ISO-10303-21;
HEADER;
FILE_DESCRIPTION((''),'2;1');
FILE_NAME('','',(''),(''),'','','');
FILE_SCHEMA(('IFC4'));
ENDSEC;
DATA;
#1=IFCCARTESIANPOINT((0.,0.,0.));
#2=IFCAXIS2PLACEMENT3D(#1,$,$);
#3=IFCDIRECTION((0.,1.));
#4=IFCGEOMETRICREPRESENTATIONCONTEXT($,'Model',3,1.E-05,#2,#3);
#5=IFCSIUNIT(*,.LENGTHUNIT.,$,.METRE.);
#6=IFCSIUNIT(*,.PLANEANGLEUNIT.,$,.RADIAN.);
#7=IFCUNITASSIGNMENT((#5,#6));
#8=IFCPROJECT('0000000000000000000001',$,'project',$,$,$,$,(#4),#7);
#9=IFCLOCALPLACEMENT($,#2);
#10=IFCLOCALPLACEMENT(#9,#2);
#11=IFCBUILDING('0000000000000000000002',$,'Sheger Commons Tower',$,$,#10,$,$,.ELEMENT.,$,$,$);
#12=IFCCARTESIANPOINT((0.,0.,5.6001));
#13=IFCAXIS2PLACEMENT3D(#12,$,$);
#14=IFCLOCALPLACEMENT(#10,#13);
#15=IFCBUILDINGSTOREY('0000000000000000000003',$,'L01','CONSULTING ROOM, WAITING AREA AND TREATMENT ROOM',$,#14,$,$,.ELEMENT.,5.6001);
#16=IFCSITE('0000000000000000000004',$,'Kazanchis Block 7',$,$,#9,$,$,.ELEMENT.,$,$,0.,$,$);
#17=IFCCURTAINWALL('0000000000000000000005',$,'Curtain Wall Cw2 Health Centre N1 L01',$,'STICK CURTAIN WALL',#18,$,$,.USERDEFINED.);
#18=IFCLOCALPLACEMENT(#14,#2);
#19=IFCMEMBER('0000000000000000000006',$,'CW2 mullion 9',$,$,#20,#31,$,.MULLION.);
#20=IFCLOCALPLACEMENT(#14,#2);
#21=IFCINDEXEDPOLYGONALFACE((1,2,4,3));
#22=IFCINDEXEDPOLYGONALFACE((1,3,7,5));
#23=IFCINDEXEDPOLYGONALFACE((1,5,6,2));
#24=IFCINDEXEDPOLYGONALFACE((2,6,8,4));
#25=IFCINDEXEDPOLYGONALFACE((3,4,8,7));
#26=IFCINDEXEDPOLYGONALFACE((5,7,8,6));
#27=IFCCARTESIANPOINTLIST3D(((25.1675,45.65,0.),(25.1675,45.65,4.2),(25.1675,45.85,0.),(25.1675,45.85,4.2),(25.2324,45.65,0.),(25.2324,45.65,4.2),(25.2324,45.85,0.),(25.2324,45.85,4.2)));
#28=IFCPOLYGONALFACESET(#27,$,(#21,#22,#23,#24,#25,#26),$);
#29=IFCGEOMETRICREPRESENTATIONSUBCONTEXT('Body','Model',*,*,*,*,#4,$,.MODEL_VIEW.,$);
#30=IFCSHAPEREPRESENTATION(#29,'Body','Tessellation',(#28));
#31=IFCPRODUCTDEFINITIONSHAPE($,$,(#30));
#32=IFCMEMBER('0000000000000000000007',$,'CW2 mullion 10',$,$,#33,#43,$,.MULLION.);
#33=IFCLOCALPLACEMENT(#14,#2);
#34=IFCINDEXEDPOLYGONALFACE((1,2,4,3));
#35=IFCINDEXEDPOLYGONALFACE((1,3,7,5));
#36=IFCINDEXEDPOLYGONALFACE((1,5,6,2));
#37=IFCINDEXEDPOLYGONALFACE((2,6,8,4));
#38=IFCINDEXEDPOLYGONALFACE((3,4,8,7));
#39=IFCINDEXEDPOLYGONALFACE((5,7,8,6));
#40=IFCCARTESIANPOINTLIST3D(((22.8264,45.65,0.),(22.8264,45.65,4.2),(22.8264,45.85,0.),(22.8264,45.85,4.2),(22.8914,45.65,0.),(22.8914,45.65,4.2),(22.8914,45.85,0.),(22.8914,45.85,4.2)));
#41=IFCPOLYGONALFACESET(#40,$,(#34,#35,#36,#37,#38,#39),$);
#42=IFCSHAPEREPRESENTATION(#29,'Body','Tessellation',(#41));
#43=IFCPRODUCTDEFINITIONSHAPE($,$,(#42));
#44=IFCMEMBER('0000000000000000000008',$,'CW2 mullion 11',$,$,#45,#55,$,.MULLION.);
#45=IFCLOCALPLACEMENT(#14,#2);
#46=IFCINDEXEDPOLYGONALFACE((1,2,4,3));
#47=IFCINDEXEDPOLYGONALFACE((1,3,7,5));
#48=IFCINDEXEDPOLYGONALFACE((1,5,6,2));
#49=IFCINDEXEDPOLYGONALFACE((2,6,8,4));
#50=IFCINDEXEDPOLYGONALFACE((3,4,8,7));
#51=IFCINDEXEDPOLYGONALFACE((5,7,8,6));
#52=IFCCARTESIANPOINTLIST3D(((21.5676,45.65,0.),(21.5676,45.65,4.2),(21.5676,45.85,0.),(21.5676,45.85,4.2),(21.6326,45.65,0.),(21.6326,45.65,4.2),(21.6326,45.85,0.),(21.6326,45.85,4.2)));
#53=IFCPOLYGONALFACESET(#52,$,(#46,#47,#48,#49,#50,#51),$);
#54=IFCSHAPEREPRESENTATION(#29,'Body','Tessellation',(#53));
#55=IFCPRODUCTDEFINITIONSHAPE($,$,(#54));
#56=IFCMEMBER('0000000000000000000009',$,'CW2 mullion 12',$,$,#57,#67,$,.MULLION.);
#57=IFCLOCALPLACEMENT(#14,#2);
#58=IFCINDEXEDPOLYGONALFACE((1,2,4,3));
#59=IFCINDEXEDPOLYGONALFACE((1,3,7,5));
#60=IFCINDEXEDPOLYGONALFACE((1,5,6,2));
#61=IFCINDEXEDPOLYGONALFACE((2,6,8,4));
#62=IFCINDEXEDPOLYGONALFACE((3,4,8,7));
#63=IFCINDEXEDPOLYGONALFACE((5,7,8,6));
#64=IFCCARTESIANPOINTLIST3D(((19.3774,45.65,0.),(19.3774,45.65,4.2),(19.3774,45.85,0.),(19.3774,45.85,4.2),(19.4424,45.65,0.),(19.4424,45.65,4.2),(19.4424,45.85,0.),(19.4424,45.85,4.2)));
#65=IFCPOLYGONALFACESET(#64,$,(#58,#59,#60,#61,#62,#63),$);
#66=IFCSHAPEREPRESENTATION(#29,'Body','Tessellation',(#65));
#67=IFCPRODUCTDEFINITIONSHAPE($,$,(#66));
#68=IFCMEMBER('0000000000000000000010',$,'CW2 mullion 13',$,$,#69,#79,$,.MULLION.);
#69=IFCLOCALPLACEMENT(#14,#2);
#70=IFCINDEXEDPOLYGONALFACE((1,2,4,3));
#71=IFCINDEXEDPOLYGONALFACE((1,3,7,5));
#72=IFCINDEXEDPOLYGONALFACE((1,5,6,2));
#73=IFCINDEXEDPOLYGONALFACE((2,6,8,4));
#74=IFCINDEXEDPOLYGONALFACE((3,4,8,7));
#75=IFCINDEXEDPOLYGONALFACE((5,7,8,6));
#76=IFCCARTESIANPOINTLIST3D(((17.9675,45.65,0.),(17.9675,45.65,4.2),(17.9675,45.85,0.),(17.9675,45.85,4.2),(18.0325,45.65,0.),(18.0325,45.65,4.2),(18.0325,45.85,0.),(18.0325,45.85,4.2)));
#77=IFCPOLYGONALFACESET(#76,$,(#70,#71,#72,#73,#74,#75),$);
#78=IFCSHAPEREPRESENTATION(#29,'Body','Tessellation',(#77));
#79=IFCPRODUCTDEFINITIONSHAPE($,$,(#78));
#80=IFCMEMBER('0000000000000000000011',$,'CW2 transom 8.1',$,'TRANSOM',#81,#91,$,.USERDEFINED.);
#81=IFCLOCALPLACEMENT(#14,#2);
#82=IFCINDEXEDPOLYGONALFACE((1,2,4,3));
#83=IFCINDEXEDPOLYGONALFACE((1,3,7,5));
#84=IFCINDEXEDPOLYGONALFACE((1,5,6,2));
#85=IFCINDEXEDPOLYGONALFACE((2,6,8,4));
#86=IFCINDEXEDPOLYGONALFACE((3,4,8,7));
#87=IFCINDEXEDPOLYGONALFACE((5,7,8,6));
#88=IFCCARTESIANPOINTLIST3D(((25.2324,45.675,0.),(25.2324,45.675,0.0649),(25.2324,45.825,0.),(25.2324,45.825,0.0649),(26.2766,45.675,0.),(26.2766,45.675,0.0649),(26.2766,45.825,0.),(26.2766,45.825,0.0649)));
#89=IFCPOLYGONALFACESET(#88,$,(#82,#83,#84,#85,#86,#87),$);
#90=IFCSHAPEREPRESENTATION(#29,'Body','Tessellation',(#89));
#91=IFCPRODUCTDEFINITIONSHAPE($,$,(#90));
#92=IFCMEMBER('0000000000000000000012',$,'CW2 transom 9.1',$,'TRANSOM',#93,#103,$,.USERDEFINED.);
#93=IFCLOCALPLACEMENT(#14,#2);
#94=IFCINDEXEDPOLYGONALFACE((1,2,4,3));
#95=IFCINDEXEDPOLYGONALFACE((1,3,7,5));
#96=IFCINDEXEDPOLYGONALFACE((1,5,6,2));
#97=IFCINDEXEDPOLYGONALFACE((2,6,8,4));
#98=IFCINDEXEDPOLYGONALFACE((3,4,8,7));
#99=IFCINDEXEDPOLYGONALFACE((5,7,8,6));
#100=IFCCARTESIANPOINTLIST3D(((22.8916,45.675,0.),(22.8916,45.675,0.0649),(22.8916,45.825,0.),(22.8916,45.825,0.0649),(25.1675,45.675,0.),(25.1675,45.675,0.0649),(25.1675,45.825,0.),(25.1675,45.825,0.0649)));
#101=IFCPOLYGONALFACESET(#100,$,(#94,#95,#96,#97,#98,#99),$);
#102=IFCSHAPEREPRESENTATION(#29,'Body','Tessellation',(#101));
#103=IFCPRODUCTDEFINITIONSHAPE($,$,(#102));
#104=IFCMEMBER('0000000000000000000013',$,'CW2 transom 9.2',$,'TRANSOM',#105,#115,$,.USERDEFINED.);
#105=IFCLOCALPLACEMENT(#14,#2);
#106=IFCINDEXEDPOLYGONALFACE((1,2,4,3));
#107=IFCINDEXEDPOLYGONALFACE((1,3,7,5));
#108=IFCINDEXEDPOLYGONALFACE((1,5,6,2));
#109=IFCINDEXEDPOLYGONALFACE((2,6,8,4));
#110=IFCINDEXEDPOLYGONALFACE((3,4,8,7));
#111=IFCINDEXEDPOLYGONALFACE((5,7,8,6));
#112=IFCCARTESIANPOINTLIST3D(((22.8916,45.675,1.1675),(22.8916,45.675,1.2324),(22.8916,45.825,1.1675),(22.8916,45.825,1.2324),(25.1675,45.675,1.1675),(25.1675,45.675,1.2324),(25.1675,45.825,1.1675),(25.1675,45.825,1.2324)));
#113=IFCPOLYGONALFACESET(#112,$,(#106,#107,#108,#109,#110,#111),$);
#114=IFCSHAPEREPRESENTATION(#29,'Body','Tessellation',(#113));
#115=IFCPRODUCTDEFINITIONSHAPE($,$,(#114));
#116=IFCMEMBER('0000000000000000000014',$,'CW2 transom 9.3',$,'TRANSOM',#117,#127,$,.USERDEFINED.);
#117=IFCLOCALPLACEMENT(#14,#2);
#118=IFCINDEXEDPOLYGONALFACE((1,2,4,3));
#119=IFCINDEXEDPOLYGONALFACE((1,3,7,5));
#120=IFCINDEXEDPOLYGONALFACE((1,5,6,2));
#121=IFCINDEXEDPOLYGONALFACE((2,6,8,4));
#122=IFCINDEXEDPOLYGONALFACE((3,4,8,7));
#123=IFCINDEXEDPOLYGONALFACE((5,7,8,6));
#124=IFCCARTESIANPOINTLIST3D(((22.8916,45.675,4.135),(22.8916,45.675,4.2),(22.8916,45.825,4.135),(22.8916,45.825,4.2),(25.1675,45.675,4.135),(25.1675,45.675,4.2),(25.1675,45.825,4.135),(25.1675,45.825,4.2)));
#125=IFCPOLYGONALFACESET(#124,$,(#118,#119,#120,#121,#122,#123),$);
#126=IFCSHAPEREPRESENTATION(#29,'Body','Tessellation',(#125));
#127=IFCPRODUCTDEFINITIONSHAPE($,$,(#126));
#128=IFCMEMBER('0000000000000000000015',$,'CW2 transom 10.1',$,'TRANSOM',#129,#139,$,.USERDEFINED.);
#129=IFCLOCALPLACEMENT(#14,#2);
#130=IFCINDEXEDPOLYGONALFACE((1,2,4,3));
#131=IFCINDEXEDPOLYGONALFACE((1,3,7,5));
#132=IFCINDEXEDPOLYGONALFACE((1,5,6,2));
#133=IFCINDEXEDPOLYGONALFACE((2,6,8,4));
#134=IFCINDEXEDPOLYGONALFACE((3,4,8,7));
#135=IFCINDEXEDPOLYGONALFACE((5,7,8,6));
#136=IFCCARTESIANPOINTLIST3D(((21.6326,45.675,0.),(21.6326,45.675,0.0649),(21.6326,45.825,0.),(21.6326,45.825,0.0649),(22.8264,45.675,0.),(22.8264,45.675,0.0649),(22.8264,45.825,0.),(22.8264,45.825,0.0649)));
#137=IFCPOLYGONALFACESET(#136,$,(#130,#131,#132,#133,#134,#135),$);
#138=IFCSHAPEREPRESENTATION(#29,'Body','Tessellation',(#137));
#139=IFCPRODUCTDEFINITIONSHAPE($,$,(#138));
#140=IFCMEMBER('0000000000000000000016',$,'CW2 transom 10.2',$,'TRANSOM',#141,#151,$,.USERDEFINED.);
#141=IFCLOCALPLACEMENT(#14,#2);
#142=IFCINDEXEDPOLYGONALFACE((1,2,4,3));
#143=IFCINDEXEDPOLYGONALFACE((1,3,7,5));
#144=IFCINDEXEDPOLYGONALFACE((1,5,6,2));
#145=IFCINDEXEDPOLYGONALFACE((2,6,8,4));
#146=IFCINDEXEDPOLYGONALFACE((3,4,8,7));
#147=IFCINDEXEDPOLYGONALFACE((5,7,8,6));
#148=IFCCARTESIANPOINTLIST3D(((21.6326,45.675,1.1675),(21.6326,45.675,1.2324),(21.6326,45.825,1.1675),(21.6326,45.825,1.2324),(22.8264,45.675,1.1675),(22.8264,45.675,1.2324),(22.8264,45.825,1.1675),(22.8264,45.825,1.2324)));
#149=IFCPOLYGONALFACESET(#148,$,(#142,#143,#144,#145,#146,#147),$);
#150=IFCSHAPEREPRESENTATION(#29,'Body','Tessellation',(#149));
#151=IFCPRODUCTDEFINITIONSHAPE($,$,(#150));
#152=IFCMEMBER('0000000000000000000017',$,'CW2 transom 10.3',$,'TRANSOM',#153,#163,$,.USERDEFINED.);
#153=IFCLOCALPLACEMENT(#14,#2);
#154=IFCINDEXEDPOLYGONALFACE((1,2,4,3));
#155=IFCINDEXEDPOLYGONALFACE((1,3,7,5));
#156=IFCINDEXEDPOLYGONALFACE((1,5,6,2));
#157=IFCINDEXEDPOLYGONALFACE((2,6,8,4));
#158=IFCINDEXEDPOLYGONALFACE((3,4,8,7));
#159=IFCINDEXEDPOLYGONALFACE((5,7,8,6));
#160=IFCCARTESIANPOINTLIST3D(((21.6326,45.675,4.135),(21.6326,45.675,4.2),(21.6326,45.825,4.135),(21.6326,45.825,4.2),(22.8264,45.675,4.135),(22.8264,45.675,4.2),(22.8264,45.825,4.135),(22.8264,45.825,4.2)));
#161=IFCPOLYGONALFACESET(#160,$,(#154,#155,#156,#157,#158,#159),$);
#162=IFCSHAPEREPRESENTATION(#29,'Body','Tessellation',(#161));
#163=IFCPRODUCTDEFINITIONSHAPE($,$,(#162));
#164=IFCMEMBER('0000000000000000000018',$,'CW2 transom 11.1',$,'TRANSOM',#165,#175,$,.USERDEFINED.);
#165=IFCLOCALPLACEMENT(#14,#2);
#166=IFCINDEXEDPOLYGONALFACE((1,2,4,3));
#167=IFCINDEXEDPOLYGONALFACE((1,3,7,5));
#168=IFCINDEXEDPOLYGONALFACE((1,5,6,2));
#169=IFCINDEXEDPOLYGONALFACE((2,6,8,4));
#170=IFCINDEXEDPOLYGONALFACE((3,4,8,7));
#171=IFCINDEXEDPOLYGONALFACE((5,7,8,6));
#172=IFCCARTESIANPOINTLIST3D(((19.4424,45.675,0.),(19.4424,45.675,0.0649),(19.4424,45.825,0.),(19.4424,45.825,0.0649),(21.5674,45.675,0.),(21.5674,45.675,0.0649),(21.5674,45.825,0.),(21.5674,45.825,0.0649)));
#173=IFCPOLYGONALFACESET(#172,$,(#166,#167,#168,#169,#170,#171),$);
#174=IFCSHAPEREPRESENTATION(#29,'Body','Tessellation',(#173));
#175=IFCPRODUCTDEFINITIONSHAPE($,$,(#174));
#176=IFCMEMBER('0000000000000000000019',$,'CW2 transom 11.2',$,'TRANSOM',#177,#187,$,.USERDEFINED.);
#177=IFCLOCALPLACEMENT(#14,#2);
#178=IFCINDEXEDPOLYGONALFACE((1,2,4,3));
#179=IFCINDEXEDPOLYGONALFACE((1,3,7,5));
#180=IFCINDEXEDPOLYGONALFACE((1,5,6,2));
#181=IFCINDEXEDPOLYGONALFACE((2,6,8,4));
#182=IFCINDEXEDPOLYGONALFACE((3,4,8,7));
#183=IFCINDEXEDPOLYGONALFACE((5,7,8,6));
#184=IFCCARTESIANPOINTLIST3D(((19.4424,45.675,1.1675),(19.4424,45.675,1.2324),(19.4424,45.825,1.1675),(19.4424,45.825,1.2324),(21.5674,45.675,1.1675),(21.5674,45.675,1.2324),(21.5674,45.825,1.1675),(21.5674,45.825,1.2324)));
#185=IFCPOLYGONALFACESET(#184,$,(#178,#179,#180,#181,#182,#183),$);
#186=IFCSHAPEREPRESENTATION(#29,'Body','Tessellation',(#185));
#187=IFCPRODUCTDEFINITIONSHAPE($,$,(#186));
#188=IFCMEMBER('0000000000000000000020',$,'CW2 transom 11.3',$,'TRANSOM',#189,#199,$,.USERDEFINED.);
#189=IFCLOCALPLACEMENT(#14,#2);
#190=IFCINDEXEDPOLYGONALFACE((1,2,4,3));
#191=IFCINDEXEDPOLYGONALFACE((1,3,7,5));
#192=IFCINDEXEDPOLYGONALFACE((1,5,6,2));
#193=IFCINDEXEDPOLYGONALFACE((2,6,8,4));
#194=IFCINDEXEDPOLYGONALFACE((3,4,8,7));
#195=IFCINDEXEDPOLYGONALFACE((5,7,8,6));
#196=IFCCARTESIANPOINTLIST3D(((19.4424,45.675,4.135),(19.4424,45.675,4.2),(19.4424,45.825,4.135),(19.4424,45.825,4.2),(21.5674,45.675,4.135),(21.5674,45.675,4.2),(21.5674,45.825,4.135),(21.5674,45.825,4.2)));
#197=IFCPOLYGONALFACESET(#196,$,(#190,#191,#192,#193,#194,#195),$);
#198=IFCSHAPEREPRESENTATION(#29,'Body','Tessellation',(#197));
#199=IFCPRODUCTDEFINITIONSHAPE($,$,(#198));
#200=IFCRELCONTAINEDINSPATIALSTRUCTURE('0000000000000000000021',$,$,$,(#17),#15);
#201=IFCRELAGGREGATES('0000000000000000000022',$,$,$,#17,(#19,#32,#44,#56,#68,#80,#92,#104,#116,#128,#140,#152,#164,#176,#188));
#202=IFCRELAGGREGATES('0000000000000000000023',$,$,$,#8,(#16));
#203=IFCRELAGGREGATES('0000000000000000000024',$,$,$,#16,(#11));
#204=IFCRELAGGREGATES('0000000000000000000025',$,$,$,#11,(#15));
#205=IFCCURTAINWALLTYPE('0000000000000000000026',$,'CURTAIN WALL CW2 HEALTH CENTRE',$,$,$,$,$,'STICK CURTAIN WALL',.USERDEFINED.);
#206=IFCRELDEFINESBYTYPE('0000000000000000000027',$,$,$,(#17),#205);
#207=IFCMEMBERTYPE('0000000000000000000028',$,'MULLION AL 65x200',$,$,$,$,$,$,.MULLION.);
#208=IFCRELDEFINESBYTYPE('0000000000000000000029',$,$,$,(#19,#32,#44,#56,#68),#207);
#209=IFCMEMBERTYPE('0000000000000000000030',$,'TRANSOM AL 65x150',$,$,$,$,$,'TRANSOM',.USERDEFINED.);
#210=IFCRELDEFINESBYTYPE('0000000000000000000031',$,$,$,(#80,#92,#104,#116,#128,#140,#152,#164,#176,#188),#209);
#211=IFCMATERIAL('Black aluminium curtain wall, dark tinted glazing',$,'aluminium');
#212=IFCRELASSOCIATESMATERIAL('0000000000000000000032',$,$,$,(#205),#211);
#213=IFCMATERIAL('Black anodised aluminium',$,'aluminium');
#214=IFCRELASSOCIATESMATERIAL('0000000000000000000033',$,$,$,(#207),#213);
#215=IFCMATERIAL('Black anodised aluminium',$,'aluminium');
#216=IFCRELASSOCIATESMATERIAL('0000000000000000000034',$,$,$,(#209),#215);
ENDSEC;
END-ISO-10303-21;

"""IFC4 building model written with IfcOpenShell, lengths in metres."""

from ifc_helpers import new_model, si_unit, direction, frame, origin, origin_2d, place, context, subcontext, project, spatial, rectangle, extrude, material, material_profile, profile_set, type_object, element, aggregate, save


model = new_model("IFC4")

# Units and contexts
model_context = context("Model", 3, precision=1e-05, world=origin(), true_north=direction((0.0, 1.0)))
body_context = subcontext(model_context, "Body", "Model", "MODEL_VIEW")
ifc_project = project(units=[si_unit("LENGTHUNIT", "METRE"), si_unit("PLANEANGLEUNIT", "RADIAN")], contexts=[model_context])

# Site, building, storey
site_placement = place(None, origin())
site = spatial("IfcSite", under=ifc_project, at=site_placement, Name="Kazanchis Block 7", CompositionType="ELEMENT", RefElevation=0.0)
building_placement = place(site_placement, origin())
building = spatial("IfcBuilding", under=site, at=building_placement, Name="Sheger Commons Tower", CompositionType="ELEMENT")
storey_placement = place(building_placement, frame((0.0, 0.0, 5.6001)))
storey = spatial("IfcBuildingStorey", under=building, at=storey_placement, Name="L01", Description="CONSULTING ROOM, WAITING AREA AND TREATMENT ROOM", CompositionType="ELEMENT", Elevation=5.6001)

# Curtain wall, members
ifc_material_1 = material(Name="Black aluminium curtain wall, dark tinted glazing", Category="aluminium")
curtain_wall_type = type_object("IfcCurtainWallType", Name="CURTAIN WALL CW2 HEALTH CENTRE", ElementType="STICK CURTAIN WALL", PredefinedType="USERDEFINED", material=ifc_material_1)
curtain_wall_placement = place(storey_placement, origin())
curtain_wall = element("IfcCurtainWall", 1, at=curtain_wall_placement, inside=storey, type_object=curtain_wall_type, Name="Curtain Wall Cw2 Health Centre N1 L01", ObjectType="STICK CURTAIN WALL", PredefinedType="USERDEFINED")
ifc_material_2 = material(Name="Black anodised aluminium", Category="aluminium")
ifc_material_profile_1 = material_profile(ifc_material_2, rectangle(XDim=0.2, YDim=0.0649, at=origin_2d()), Name="AL 65x200")
ifc_profile_set_1 = profile_set([ifc_material_profile_1], Name="Black anodised aluminium")
member_type_1 = type_object("IfcMemberType", Name="MULLION AL 65x200", PredefinedType="MULLION", material=ifc_profile_set_1)
member_1_placement = place(storey_placement, frame((25.2, 45.75, 0.0), z_axis=(0.0, 0.0, 1.0), x_axis=(0.0, -1.0, 0.0)))
member_1 = element("IfcMember", 2, at=member_1_placement, type_object=member_type_1, Name="CW2 mullion 9", PredefinedType="MULLION", context=body_context, shape_type="SweptSolid", body=[
    extrude(rectangle(XDim=0.2, YDim=0.0649, at=origin_2d()), origin(), (0.0, 0.0, 1.0), 4.2),
])
member_2_placement = place(storey_placement, frame((22.8589, 45.75, 0.0), z_axis=(0.0, 0.0, 1.0), x_axis=(0.0, -1.0, 0.0)))
member_2 = element("IfcMember", 3, at=member_2_placement, type_object=member_type_1, Name="CW2 mullion 10", PredefinedType="MULLION", context=body_context, shape_type="SweptSolid", body=[
    extrude(rectangle(XDim=0.2, YDim=0.0649, at=origin_2d()), origin(), (0.0, 0.0, 1.0), 4.2),
])
member_3_placement = place(storey_placement, frame((21.6001, 45.75, 0.0), z_axis=(0.0, 0.0, 1.0), x_axis=(0.0, -1.0, 0.0)))
member_3 = element("IfcMember", 4, at=member_3_placement, type_object=member_type_1, Name="CW2 mullion 11", PredefinedType="MULLION", context=body_context, shape_type="SweptSolid", body=[
    extrude(rectangle(XDim=0.2, YDim=0.0649, at=origin_2d()), origin(), (0.0, 0.0, 1.0), 4.2),
])
member_4_placement = place(storey_placement, frame((19.4099, 45.75, 0.0), z_axis=(0.0, 0.0, 1.0), x_axis=(0.0, -1.0, 0.0)))
member_4 = element("IfcMember", 5, at=member_4_placement, type_object=member_type_1, Name="CW2 mullion 12", PredefinedType="MULLION", context=body_context, shape_type="SweptSolid", body=[
    extrude(rectangle(XDim=0.2, YDim=0.0649, at=origin_2d()), origin(), (0.0, 0.0, 1.0), 4.2),
])
member_5_placement = place(storey_placement, frame((18.0, 45.75, 0.0), z_axis=(0.0, 0.0, 1.0), x_axis=(0.0, -1.0, 0.0)))
member_5 = element("IfcMember", 6, at=member_5_placement, type_object=member_type_1, Name="CW2 mullion 13", PredefinedType="MULLION", context=body_context, shape_type="SweptSolid", body=[
    extrude(rectangle(XDim=0.2, YDim=0.0649, at=origin_2d()), origin(), (0.0, 0.0, 1.0), 4.2),
])
ifc_material_3 = material(Name="Black anodised aluminium", Category="aluminium")
ifc_material_profile_2 = material_profile(ifc_material_3, rectangle(XDim=0.1499, YDim=0.0649, at=origin_2d()), Name="AL 65x150")
ifc_profile_set_2 = profile_set([ifc_material_profile_2], Name="Black anodised aluminium")
member_type_2 = type_object("IfcMemberType", Name="TRANSOM AL 65x150", ElementType="TRANSOM", PredefinedType="USERDEFINED", material=ifc_profile_set_2)
member_6_placement = place(storey_placement, frame((26.2766, 45.75, 0.0325), z_axis=(-1.0, 0.0, 0.0), x_axis=(0.0, -1.0, 0.0)))
member_6 = element("IfcMember", 7, at=member_6_placement, type_object=member_type_2, Name="CW2 transom 8.1", ObjectType="TRANSOM", PredefinedType="USERDEFINED", context=body_context, shape_type="SweptSolid", body=[
    extrude(rectangle(XDim=0.1499, YDim=0.0649, at=origin_2d()), origin(), (0.0, 0.0, 1.0), 1.0442),
])
member_7_placement = place(storey_placement, frame((25.1675, 45.75, 0.0325), z_axis=(-1.0, 0.0, 0.0), x_axis=(0.0, -1.0, 0.0)))
member_7 = element("IfcMember", 8, at=member_7_placement, type_object=member_type_2, Name="CW2 transom 9.1", ObjectType="TRANSOM", PredefinedType="USERDEFINED", context=body_context, shape_type="SweptSolid", body=[
    extrude(rectangle(XDim=0.1499, YDim=0.0649, at=origin_2d()), origin(), (0.0, 0.0, 1.0), 2.2759),
])
member_8_placement = place(storey_placement, frame((25.1675, 45.75, 1.2), z_axis=(-1.0, 0.0, 0.0), x_axis=(0.0, -1.0, 0.0)))
member_8 = element("IfcMember", 9, at=member_8_placement, type_object=member_type_2, Name="CW2 transom 9.2", ObjectType="TRANSOM", PredefinedType="USERDEFINED", context=body_context, shape_type="SweptSolid", body=[
    extrude(rectangle(XDim=0.1499, YDim=0.0649, at=origin_2d()), origin(), (0.0, 0.0, 1.0), 2.2759),
])
member_9_placement = place(storey_placement, frame((25.1675, 45.75, 4.1675), z_axis=(-1.0, 0.0, 0.0), x_axis=(0.0, -1.0, 0.0)))
member_9 = element("IfcMember", 10, at=member_9_placement, type_object=member_type_2, Name="CW2 transom 9.3", ObjectType="TRANSOM", PredefinedType="USERDEFINED", context=body_context, shape_type="SweptSolid", body=[
    extrude(rectangle(XDim=0.1499, YDim=0.0649, at=origin_2d()), origin(), (0.0, 0.0, 1.0), 2.2759),
])
member_10_placement = place(storey_placement, frame((22.8264, 45.75, 0.0325), z_axis=(-1.0, 0.0, 0.0), x_axis=(0.0, -1.0, 0.0)))
member_10 = element("IfcMember", 11, at=member_10_placement, type_object=member_type_2, Name="CW2 transom 10.1", ObjectType="TRANSOM", PredefinedType="USERDEFINED", context=body_context, shape_type="SweptSolid", body=[
    extrude(rectangle(XDim=0.1499, YDim=0.0649, at=origin_2d()), origin(), (0.0, 0.0, 1.0), 1.1938),
])
member_11_placement = place(storey_placement, frame((22.8264, 45.75, 1.2), z_axis=(-1.0, 0.0, 0.0), x_axis=(0.0, -1.0, 0.0)))
member_11 = element("IfcMember", 12, at=member_11_placement, type_object=member_type_2, Name="CW2 transom 10.2", ObjectType="TRANSOM", PredefinedType="USERDEFINED", context=body_context, shape_type="SweptSolid", body=[
    extrude(rectangle(XDim=0.1499, YDim=0.0649, at=origin_2d()), origin(), (0.0, 0.0, 1.0), 1.1938),
])
member_12_placement = place(storey_placement, frame((22.8264, 45.75, 4.1675), z_axis=(-1.0, 0.0, 0.0), x_axis=(0.0, -1.0, 0.0)))
member_12 = element("IfcMember", 13, at=member_12_placement, type_object=member_type_2, Name="CW2 transom 10.3", ObjectType="TRANSOM", PredefinedType="USERDEFINED", context=body_context, shape_type="SweptSolid", body=[
    extrude(rectangle(XDim=0.1499, YDim=0.0649, at=origin_2d()), origin(), (0.0, 0.0, 1.0), 1.1938),
])
member_13_placement = place(storey_placement, frame((21.5674, 45.75, 0.0325), z_axis=(-1.0, 0.0, 0.0), x_axis=(0.0, -1.0, 0.0)))
member_13 = element("IfcMember", 14, at=member_13_placement, type_object=member_type_2, Name="CW2 transom 11.1", ObjectType="TRANSOM", PredefinedType="USERDEFINED", context=body_context, shape_type="SweptSolid", body=[
    extrude(rectangle(XDim=0.1499, YDim=0.0649, at=origin_2d()), origin(), (0.0, 0.0, 1.0), 2.125),
])
member_14_placement = place(storey_placement, frame((21.5674, 45.75, 1.2), z_axis=(-1.0, 0.0, 0.0), x_axis=(0.0, -1.0, 0.0)))
member_14 = element("IfcMember", 15, at=member_14_placement, type_object=member_type_2, Name="CW2 transom 11.2", ObjectType="TRANSOM", PredefinedType="USERDEFINED", context=body_context, shape_type="SweptSolid", body=[
    extrude(rectangle(XDim=0.1499, YDim=0.0649, at=origin_2d()), origin(), (0.0, 0.0, 1.0), 2.125),
])
member_15_placement = place(storey_placement, frame((21.5674, 45.75, 4.1675), z_axis=(-1.0, 0.0, 0.0), x_axis=(0.0, -1.0, 0.0)))
member_15 = element("IfcMember", 16, at=member_15_placement, type_object=member_type_2, Name="CW2 transom 11.3", ObjectType="TRANSOM", PredefinedType="USERDEFINED", context=body_context, shape_type="SweptSolid", body=[
    extrude(rectangle(XDim=0.1499, YDim=0.0649, at=origin_2d()), origin(), (0.0, 0.0, 1.0), 2.125),
])
aggregate(curtain_wall, [member_1, member_2, member_3, member_4, member_5, member_6, member_7, member_8, member_9, member_10, member_11, member_12, member_13, member_14, member_15])

save(model, "model.ifc")
